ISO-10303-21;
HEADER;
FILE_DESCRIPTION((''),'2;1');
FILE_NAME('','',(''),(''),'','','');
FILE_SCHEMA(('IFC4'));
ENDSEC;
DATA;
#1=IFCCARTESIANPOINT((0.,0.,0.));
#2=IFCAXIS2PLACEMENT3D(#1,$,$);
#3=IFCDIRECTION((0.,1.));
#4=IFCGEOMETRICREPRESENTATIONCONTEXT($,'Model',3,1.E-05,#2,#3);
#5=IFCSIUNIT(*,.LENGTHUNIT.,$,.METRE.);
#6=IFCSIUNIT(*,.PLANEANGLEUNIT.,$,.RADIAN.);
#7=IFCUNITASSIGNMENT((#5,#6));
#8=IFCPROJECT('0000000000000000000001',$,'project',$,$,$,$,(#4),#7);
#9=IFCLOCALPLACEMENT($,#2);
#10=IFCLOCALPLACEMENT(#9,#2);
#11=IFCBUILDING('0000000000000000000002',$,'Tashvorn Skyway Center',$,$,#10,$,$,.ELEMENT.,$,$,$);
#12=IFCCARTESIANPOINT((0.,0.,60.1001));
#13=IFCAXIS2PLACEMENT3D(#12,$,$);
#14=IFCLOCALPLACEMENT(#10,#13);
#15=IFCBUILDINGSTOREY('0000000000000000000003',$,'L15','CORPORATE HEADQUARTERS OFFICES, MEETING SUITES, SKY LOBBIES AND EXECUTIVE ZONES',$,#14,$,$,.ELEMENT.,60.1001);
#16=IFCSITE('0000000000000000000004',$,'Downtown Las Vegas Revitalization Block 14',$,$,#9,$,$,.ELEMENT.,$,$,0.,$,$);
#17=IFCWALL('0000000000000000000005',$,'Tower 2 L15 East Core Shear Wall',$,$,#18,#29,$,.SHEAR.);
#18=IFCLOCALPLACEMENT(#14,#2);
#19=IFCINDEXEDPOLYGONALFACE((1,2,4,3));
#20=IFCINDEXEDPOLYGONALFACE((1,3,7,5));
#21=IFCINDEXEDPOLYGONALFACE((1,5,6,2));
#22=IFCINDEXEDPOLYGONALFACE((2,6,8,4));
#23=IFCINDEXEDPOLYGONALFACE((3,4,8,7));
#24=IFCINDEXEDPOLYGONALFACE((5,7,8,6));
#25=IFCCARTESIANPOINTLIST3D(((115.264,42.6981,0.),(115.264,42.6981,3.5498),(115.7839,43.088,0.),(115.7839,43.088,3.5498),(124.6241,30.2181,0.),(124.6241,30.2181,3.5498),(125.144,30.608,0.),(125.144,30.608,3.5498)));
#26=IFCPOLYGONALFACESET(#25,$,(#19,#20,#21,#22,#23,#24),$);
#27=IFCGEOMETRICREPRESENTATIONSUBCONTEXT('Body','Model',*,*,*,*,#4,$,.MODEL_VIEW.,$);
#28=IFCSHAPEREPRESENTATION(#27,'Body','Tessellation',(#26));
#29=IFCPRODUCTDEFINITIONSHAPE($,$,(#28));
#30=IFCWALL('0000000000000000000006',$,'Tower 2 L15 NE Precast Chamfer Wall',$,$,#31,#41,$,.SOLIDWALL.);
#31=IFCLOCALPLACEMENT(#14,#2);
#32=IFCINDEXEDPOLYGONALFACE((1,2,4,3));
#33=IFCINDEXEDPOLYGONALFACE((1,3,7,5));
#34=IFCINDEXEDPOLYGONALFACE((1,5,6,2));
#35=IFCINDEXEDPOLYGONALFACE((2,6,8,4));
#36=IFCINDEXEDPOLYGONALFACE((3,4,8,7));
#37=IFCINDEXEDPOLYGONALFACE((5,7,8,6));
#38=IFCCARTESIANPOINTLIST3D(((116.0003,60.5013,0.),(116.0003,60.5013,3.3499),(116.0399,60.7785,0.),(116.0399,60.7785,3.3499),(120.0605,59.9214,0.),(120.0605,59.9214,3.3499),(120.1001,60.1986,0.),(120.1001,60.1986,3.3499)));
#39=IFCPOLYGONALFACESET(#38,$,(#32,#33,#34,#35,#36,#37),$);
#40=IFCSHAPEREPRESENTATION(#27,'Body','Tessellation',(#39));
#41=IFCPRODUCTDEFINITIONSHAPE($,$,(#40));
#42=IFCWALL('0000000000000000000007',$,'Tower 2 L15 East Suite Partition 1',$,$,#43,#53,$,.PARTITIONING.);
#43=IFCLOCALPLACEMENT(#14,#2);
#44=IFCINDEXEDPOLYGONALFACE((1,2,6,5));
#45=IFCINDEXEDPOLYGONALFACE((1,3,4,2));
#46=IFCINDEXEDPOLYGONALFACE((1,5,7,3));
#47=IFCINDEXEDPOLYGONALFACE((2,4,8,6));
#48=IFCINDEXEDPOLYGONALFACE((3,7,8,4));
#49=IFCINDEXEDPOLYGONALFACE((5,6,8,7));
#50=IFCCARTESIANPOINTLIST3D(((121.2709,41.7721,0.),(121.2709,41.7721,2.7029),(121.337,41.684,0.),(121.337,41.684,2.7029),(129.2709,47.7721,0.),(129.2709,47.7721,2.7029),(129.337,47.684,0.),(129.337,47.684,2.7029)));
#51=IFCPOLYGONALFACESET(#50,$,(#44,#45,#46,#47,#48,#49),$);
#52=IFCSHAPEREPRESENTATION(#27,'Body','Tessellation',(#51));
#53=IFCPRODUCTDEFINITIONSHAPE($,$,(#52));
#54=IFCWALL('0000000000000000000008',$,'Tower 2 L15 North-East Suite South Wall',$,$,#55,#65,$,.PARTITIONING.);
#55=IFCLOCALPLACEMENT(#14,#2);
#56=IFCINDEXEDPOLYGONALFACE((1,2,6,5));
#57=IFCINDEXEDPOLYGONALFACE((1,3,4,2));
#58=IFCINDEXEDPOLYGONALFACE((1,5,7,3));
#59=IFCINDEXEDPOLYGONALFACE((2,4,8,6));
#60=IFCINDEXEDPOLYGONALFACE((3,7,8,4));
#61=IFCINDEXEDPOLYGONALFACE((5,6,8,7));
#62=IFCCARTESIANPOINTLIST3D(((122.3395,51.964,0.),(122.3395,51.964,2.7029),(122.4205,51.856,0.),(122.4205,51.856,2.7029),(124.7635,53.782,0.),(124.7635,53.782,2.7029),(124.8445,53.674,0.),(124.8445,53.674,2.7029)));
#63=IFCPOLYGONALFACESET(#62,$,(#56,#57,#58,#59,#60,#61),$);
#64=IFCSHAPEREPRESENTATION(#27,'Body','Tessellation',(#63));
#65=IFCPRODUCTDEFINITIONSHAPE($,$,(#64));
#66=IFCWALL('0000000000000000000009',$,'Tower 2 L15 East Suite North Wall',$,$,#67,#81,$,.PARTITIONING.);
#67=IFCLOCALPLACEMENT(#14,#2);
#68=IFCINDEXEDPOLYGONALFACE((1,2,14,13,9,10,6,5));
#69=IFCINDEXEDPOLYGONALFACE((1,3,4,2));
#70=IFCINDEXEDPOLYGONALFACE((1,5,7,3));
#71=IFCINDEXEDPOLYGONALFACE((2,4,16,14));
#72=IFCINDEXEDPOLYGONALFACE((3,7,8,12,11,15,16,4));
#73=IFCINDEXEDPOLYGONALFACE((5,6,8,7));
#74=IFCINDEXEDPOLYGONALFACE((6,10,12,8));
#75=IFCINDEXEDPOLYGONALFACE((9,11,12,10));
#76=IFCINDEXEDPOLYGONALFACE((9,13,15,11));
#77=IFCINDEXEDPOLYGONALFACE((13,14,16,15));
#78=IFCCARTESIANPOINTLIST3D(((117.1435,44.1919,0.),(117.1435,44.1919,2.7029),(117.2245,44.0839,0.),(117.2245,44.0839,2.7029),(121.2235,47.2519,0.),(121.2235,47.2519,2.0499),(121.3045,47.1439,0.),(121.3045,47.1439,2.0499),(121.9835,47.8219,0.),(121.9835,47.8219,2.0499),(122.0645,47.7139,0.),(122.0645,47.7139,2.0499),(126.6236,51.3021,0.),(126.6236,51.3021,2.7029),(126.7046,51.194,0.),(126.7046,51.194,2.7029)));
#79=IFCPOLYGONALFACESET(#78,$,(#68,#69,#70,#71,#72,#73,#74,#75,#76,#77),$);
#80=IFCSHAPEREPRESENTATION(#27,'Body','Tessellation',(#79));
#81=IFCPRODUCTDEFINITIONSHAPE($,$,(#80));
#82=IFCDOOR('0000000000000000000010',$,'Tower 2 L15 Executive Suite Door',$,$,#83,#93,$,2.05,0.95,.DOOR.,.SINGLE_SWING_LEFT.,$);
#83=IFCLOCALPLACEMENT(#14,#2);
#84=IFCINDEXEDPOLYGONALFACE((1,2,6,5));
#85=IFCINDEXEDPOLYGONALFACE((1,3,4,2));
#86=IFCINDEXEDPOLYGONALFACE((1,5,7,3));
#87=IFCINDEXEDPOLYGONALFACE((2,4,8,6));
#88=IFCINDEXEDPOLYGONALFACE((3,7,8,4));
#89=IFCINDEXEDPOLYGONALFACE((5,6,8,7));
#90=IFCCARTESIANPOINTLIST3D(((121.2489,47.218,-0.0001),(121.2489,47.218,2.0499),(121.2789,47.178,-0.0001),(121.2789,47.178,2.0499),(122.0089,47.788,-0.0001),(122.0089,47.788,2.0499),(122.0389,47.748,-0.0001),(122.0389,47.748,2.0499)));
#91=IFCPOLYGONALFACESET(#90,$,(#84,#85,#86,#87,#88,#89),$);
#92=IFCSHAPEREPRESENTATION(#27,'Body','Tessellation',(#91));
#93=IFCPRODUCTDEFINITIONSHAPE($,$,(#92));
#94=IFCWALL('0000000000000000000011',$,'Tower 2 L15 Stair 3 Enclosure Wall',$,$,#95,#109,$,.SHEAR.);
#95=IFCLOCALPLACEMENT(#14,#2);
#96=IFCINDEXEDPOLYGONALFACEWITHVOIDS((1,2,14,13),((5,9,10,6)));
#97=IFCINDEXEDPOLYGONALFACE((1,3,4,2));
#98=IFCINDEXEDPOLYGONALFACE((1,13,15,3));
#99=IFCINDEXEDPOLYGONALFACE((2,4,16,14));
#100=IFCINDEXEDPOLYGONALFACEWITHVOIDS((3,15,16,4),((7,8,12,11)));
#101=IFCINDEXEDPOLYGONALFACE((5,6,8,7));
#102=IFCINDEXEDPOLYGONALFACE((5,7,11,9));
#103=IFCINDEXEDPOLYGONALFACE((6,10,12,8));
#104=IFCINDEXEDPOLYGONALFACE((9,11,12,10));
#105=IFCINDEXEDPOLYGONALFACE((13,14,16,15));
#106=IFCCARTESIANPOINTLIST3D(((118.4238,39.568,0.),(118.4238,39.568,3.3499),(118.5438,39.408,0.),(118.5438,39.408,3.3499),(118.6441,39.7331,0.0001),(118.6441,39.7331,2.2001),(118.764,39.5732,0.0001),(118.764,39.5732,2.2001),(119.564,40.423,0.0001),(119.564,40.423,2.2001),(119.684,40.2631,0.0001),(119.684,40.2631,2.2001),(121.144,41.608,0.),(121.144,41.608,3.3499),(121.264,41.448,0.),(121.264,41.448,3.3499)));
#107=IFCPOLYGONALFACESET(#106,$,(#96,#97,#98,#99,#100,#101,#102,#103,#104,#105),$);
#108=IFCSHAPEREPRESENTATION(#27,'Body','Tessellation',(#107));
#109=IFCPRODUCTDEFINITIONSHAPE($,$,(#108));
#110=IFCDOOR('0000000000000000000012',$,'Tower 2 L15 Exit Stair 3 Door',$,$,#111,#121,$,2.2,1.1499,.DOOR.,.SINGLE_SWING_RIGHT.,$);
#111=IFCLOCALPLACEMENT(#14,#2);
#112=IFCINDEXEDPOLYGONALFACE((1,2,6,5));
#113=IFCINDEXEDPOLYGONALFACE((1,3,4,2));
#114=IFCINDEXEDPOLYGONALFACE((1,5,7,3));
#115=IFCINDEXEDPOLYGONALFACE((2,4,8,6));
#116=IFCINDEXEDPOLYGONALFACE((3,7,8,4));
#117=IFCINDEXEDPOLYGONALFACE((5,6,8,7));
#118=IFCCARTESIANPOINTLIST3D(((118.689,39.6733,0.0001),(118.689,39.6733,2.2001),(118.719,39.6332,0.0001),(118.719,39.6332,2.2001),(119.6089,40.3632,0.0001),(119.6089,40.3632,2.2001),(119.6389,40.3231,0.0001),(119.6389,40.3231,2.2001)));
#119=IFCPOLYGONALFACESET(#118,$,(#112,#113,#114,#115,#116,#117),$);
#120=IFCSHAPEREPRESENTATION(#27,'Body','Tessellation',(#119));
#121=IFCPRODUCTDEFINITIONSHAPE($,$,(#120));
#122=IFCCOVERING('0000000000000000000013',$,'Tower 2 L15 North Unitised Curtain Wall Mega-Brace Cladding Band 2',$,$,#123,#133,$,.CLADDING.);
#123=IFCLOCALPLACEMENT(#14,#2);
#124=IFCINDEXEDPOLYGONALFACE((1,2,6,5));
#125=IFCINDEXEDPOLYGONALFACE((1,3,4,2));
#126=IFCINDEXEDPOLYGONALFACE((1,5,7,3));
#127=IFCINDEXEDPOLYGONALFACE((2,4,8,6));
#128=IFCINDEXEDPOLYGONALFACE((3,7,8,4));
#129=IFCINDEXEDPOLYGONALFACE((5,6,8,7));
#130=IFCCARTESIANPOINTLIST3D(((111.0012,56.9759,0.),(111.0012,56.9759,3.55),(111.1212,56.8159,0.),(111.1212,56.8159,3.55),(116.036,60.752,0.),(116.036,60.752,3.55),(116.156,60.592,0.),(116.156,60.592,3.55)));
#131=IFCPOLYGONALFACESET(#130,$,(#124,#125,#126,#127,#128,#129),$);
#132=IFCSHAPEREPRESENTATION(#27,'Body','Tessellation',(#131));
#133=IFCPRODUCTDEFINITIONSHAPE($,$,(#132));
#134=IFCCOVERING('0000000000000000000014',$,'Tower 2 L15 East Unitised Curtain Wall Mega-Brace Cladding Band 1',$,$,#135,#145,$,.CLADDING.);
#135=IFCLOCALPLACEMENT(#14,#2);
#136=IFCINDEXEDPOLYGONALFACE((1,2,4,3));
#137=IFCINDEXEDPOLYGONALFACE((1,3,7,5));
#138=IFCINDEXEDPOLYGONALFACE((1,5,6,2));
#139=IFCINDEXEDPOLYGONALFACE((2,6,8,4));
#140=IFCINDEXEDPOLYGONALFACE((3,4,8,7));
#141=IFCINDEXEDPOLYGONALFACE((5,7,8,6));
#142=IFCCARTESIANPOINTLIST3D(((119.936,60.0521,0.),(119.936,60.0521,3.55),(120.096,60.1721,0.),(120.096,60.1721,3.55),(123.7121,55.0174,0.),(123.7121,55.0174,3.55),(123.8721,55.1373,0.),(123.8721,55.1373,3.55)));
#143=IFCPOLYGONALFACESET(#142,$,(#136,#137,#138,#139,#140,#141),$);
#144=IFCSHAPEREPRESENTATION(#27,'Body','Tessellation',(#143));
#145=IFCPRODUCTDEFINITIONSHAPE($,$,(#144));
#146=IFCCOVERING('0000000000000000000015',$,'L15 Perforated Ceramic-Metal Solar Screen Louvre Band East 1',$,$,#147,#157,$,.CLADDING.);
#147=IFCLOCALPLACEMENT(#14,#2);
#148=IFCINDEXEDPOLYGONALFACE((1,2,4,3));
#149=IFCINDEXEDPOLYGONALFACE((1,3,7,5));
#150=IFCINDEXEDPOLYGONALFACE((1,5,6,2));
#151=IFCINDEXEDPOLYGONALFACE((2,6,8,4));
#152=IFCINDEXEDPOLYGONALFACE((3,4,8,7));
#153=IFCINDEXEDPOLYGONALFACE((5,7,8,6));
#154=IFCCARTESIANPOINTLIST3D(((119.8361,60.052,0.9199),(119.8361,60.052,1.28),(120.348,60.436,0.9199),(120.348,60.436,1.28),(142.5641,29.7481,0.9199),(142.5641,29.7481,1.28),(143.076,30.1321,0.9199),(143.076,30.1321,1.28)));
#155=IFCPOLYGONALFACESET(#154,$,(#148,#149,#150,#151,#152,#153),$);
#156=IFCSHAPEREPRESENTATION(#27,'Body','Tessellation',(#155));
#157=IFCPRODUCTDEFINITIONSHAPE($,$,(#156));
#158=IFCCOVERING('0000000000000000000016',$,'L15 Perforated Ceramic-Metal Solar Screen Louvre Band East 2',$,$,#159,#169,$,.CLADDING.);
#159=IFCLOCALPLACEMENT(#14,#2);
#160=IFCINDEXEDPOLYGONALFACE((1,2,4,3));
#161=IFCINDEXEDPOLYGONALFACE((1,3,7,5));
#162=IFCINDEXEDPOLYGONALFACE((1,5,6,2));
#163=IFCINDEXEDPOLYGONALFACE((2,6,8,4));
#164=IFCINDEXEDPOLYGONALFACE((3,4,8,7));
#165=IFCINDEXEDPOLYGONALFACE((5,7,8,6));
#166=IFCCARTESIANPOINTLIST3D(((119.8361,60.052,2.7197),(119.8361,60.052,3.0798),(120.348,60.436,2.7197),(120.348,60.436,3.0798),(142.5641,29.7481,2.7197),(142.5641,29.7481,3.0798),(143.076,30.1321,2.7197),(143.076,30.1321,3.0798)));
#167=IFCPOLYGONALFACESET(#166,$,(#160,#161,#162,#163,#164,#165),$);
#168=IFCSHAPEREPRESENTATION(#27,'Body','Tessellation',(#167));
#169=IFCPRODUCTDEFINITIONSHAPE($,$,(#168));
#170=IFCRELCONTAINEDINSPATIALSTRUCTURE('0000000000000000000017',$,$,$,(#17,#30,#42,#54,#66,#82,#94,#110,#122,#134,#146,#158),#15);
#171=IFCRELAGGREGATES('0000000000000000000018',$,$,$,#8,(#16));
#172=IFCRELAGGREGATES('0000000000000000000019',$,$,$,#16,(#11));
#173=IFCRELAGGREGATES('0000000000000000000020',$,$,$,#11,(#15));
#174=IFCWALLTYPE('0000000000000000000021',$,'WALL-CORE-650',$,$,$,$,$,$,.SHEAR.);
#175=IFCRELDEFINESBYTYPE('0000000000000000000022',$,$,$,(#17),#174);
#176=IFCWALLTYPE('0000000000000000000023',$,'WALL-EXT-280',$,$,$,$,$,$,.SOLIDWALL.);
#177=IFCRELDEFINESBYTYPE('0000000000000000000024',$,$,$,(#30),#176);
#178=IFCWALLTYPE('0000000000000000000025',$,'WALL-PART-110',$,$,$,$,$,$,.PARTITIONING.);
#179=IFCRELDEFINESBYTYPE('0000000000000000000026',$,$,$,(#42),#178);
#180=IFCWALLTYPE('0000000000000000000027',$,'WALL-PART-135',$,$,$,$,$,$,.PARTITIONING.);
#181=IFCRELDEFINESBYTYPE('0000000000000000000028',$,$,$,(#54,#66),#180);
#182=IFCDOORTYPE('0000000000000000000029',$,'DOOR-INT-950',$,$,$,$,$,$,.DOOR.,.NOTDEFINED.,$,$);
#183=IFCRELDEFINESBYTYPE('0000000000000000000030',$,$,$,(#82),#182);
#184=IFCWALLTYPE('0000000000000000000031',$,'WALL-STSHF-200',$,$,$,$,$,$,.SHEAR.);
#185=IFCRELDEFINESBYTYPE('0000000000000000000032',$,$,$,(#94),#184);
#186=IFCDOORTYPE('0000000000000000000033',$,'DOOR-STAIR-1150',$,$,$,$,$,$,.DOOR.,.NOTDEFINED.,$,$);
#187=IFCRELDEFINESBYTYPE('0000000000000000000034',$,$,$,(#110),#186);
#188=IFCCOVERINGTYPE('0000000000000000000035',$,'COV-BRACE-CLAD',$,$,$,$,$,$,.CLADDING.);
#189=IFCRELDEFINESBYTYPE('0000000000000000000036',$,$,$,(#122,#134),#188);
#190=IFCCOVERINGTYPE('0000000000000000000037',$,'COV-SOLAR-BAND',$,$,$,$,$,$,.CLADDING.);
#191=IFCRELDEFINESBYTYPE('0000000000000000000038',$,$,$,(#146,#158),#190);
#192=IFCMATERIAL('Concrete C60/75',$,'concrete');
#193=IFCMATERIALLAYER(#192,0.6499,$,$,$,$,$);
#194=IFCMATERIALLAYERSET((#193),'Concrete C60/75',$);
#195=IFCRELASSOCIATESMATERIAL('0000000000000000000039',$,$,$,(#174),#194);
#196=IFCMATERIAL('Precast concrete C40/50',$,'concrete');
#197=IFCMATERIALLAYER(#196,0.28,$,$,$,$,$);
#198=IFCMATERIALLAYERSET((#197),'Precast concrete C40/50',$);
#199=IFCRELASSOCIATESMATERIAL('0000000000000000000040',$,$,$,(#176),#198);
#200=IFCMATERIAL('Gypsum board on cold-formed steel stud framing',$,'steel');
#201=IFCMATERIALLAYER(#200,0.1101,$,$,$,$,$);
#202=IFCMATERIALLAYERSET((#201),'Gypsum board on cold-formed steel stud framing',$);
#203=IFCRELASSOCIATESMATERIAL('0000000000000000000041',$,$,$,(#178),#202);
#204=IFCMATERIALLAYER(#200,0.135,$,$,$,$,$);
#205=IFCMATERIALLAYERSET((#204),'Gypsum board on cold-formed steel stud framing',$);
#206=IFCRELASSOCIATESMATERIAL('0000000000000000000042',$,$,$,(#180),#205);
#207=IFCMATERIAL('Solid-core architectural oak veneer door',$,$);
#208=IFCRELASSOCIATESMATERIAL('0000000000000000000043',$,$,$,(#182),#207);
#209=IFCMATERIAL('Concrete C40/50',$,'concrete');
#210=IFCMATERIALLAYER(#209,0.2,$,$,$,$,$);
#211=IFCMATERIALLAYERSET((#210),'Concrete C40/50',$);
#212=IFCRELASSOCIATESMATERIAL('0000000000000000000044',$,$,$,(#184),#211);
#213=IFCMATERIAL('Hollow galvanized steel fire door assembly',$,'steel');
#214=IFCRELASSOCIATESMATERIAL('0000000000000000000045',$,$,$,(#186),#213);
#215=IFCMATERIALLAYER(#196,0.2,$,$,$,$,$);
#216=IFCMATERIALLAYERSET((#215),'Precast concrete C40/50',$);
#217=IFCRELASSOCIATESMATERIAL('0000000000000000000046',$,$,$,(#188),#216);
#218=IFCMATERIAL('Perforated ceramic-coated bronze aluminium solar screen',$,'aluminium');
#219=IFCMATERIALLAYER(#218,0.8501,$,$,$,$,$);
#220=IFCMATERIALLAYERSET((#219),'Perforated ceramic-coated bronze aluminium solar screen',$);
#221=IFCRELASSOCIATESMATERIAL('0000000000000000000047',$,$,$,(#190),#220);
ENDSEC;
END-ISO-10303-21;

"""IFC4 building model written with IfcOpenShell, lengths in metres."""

from ifc_helpers import new_model, si_unit, direction, frame, frame_2d, origin, origin_2d, place, context, subcontext, project, spatial, rectangle, extrude, material, layer, layer_set, type_object, element, fill, save


model = new_model("IFC4")

# Units and contexts
model_context = context("Model", 3, precision=1e-05, world=origin(), true_north=direction((0.0, 1.0)))
body_context = subcontext(model_context, "Body", "Model", "MODEL_VIEW")
ifc_project = project(units=[si_unit("LENGTHUNIT", "METRE"), si_unit("PLANEANGLEUNIT", "RADIAN")], contexts=[model_context])

# Site, building, storey
site_placement = place(None, origin())
site = spatial("IfcSite", under=ifc_project, at=site_placement, Name="Downtown Las Vegas Revitalization Block 14", CompositionType="ELEMENT", RefElevation=0.0)
building_placement = place(site_placement, origin())
building = spatial("IfcBuilding", under=site, at=building_placement, Name="Tashvorn Skyway Center", CompositionType="ELEMENT")
storey_placement = place(building_placement, frame((0.0, 0.0, 60.1001)))
storey = spatial("IfcBuildingStorey", under=building, at=storey_placement, Name="L15", Description="CORPORATE HEADQUARTERS OFFICES, MEETING SUITES, SKY LOBBIES AND EXECUTIVE ZONES", CompositionType="ELEMENT", Elevation=60.1001)

# Walls
ifc_material_1 = material(Name="Concrete C60/75", Category="concrete")
ifc_layer_1 = layer(ifc_material_1, 0.6499)
ifc_layer_set_1 = layer_set([ifc_layer_1], Name="Concrete C60/75")
wall_type_1 = type_object("IfcWallType", Name="WALL-CORE-650", PredefinedType="SHEAR", material=ifc_layer_set_1)
wall_1_placement = place(storey_placement, frame((115.5239, 42.8931, 0.0), z_axis=(0.0, 0.0, 1.0), x_axis=(0.600005, -0.799996, 0.0)))
element("IfcWall", 1, at=wall_1_placement, inside=storey, type_object=wall_type_1, Name="Tower 2 L15 East Core Shear Wall", PredefinedType="SHEAR", context=body_context, shape_type="SweptSolid", body=[
    extrude(rectangle(XDim=15.6001, YDim=0.6499, at=frame_2d((7.8, 0.0))), origin(), (0.0, 0.0, 1.0), 3.5498),
])
ifc_material_2 = material(Name="Precast concrete C40/50", Category="concrete")
ifc_layer_2 = layer(ifc_material_2, 0.28)
ifc_layer_set_2 = layer_set([ifc_layer_2], Name="Precast concrete C40/50")
wall_type_2 = type_object("IfcWallType", Name="WALL-EXT-280", PredefinedType="SOLIDWALL", material=ifc_layer_set_2)
wall_2_placement = place(storey_placement, frame((116.02, 60.6399, 0.0), z_axis=(0.0, 0.0, 1.0), x_axis=(0.989955, -0.14138, 0.0)))
element("IfcWall", 2, at=wall_2_placement, inside=storey, type_object=wall_type_2, Name="Tower 2 L15 NE Precast Chamfer Wall", PredefinedType="SOLIDWALL", context=body_context, shape_type="SweptSolid", body=[
    extrude(rectangle(XDim=4.1013, YDim=0.28, at=frame_2d((2.0508, 0.0))), origin(), (0.0, 0.0, 1.0), 3.3499),
])
ifc_material_3 = material(Name="Gypsum board on cold-formed steel stud framing", Category="steel")
ifc_layer_3 = layer(ifc_material_3, 0.1101)
ifc_layer_set_3 = layer_set([ifc_layer_3], Name="Gypsum board on cold-formed steel stud framing")
wall_type_3 = type_object("IfcWallType", Name="WALL-PART-110", PredefinedType="PARTITIONING", material=ifc_layer_set_3)
wall_3_placement = place(storey_placement, frame((129.304, 47.728, 0.0), z_axis=(0.0, 0.0, 1.0), x_axis=(-0.8, -0.6, 0.0)))
element("IfcWall", 3, at=wall_3_placement, inside=storey, type_object=wall_type_3, Name="Tower 2 L15 East Suite Partition 1", PredefinedType="PARTITIONING", context=body_context, shape_type="SweptSolid", body=[
    extrude(rectangle(XDim=10.0, YDim=0.1101, at=frame_2d((5.0, 0.0))), origin(), (0.0, 0.0, 1.0), 2.7029),
])
ifc_layer_4 = layer(ifc_material_3, 0.135)
ifc_layer_set_4 = layer_set([ifc_layer_4], Name="Gypsum board on cold-formed steel stud framing")
wall_type_4 = type_object("IfcWallType", Name="WALL-PART-135", PredefinedType="PARTITIONING", material=ifc_layer_set_4)
wall_4_placement = place(storey_placement, frame((122.3799, 51.9099, 0.0), z_axis=(0.0, 0.0, 1.0), x_axis=(0.79999, 0.600013, 0.0)))
element("IfcWall", 4, at=wall_4_placement, inside=storey, type_object=wall_type_4, Name="Tower 2 L15 North-East Suite South Wall", PredefinedType="PARTITIONING", context=body_context, shape_type="SweptSolid", body=[
    extrude(rectangle(XDim=3.03, YDim=0.135, at=frame_2d((1.5151, 0.0))), origin(), (0.0, 0.0, 1.0), 2.7029),
])

# Walls, openings, doors
wall_5_placement = place(storey_placement, frame((126.6641, 51.248, 0.0), z_axis=(0.0, 0.0, 1.0), x_axis=(-0.799995, -0.600007, 0.0)))
wall_5 = element("IfcWall", 5, at=wall_5_placement, inside=storey, type_object=wall_type_4, Name="Tower 2 L15 East Suite North Wall", PredefinedType="PARTITIONING", context=body_context, shape_type="SweptSolid", body=[
    extrude(rectangle(XDim=11.8501, YDim=0.135, at=frame_2d((5.925, 0.0))), origin(), (0.0, 0.0, 1.0), 2.7029),
])
opening_1_placement = place(wall_5_placement, frame((5.8, 0.0, 0.0)))
opening_1 = element("IfcOpeningElement", 6, at=opening_1_placement, cuts=wall_5, PredefinedType="OPENING", context=body_context, shape_type="SweptSolid", body=[
    extrude(rectangle(XDim=0.95, YDim=2.05, at=frame_2d((0.4751, 1.0249))), frame((0.0, 0.0774, 0.0), z_axis=(0.0, -1.0, 0.0), x_axis=(1.0, 0.0, 0.0)), (0.0, 0.0, 1.0), 0.155),
])
ifc_material_4 = material(Name="Solid-core architectural oak veneer door")
door_type_1 = type_object("IfcDoorType", Name="DOOR-INT-950", OperationType="NOTDEFINED", PredefinedType="DOOR", material=ifc_material_4)
door_1_placement = place(opening_1_placement, origin())
door_1 = element("IfcDoor", 7, at=door_1_placement, inside=storey, type_object=door_type_1, Name="Tower 2 L15 Executive Suite Door", OperationType="SINGLE_SWING_LEFT", OverallHeight=2.05, OverallWidth=0.95, PredefinedType="DOOR", context=body_context, shape_type="SweptSolid", body=[
    extrude(rectangle(XDim=0.95, YDim=2.05, at=frame_2d((0.4751, 1.0249))), frame((0.0, 0.0249, 0.0), z_axis=(0.0, -1.0, 0.0), x_axis=(1.0, 0.0, 0.0)), (0.0, 0.0, 1.0), 0.05),
])
fill(opening_1, door_1)
ifc_material_5 = material(Name="Concrete C40/50", Category="concrete")
ifc_layer_5 = layer(ifc_material_5, 0.2)
ifc_layer_set_5 = layer_set([ifc_layer_5], Name="Concrete C40/50")
wall_type_5 = type_object("IfcWallType", Name="WALL-STSHF-200", PredefinedType="SHEAR", material=ifc_layer_set_5)
wall_6_placement = place(storey_placement, frame((121.2041, 41.5281, 0.0), z_axis=(0.0, 0.0, 1.0), x_axis=(-0.800017, -0.599977, 0.0)))
wall_6 = element("IfcWall", 8, at=wall_6_placement, inside=storey, type_object=wall_type_5, Name="Tower 2 L15 Stair 3 Enclosure Wall", PredefinedType="SHEAR", context=body_context, shape_type="SweptSolid", body=[
    extrude(rectangle(XDim=3.4001, YDim=0.2, at=frame_2d((1.7002, 0.0))), origin(), (0.0, 0.0, 1.0), 3.3499),
])
opening_2_placement = place(wall_6_placement, frame((1.9751, 0.0, 0.0)))
opening_2 = element("IfcOpeningElement", 9, at=opening_2_placement, cuts=wall_6, PredefinedType="OPENING", context=body_context, shape_type="SweptSolid", body=[
    extrude(rectangle(XDim=1.1499, YDim=2.2, at=frame_2d((0.575, 1.1001))), frame((0.0, 0.1099, 0.0), z_axis=(0.0, -1.0, 0.0), x_axis=(1.0, 0.0, 0.0)), (0.0, 0.0, 1.0), 0.22),
])
ifc_material_6 = material(Name="Hollow galvanized steel fire door assembly", Category="steel")
door_type_2 = type_object("IfcDoorType", Name="DOOR-STAIR-1150", OperationType="NOTDEFINED", PredefinedType="DOOR", material=ifc_material_6)
door_2_placement = place(opening_2_placement, origin())
door_2 = element("IfcDoor", 10, at=door_2_placement, inside=storey, type_object=door_type_2, Name="Tower 2 L15 Exit Stair 3 Door", OperationType="SINGLE_SWING_RIGHT", OverallHeight=2.2, OverallWidth=1.1499, PredefinedType="DOOR", context=body_context, shape_type="SweptSolid", body=[
    extrude(rectangle(XDim=1.1499, YDim=2.2, at=frame_2d((0.575, 1.1001))), frame((0.0, 0.0249, 0.0), z_axis=(0.0, -1.0, 0.0), x_axis=(1.0, 0.0, 0.0)), (0.0, 0.0, 1.0), 0.05),
])
fill(opening_2, door_2)

# Coverings
ifc_layer_6 = layer(ifc_material_2, 0.2)
ifc_layer_set_6 = layer_set([ifc_layer_6], Name="Precast concrete C40/50")
covering_type_1 = type_object("IfcCoveringType", Name="COV-BRACE-CLAD", PredefinedType="CLADDING", material=ifc_layer_set_6)
for number, where, z_axis, x_axis, name in (
    (11, (113.5786, 58.7839, 0.0), (0.0, 0.0, 1.0), (0.8, 0.6, 0.0), "Tower 2 L15 North Unitised Curtain Wall Mega-Brace Cladding Band 2"),
    (12, (121.9041, 57.5947, 0.0), (0.0, 0.0, 1.0), (0.6, -0.8, 0.0), "Tower 2 L15 East Unitised Curtain Wall Mega-Brace Cladding Band 1"),
):
    element("IfcCovering", number, at=place(storey_placement, frame(where, z_axis=z_axis, x_axis=x_axis)), inside=storey, type_object=covering_type_1, Name=name, PredefinedType="CLADDING", context=body_context, shape_type="SweptSolid", body=[
        extrude(rectangle(XDim=6.2935, YDim=0.2, at=origin_2d()), origin(), (0.0, 0.0, 1.0), 3.55),
    ])
ifc_material_7 = material(Name="Perforated ceramic-coated bronze aluminium solar screen", Category="aluminium")
ifc_layer_7 = layer(ifc_material_7, 0.8501)
ifc_layer_set_7 = layer_set([ifc_layer_7], Name="Perforated ceramic-coated bronze aluminium solar screen")
covering_type_2 = type_object("IfcCoveringType", Name="COV-SOLAR-BAND", PredefinedType="CLADDING", material=ifc_layer_set_7)
for number, where, z_axis, x_axis, name in (
    (13, (131.4561, 45.092, 0.9199), (0.0, 0.0, 1.0), (0.6, -0.8, 0.0), "L15 Perforated Ceramic-Metal Solar Screen Louvre Band East 1"),
    (14, (131.4561, 45.092, 2.7197), (0.0, 0.0, 1.0), (0.6, -0.8, 0.0), "L15 Perforated Ceramic-Metal Solar Screen Louvre Band East 2"),
):
    element("IfcCovering", number, at=place(storey_placement, frame(where, z_axis=z_axis, x_axis=x_axis)), inside=storey, type_object=covering_type_2, Name=name, PredefinedType="CLADDING", context=body_context, shape_type="SweptSolid", body=[
        extrude(rectangle(XDim=37.8799, YDim=0.6399, at=origin_2d()), origin(), (0.0, 0.0, 1.0), 0.3601),
    ])

save(model, "model.ifc")
